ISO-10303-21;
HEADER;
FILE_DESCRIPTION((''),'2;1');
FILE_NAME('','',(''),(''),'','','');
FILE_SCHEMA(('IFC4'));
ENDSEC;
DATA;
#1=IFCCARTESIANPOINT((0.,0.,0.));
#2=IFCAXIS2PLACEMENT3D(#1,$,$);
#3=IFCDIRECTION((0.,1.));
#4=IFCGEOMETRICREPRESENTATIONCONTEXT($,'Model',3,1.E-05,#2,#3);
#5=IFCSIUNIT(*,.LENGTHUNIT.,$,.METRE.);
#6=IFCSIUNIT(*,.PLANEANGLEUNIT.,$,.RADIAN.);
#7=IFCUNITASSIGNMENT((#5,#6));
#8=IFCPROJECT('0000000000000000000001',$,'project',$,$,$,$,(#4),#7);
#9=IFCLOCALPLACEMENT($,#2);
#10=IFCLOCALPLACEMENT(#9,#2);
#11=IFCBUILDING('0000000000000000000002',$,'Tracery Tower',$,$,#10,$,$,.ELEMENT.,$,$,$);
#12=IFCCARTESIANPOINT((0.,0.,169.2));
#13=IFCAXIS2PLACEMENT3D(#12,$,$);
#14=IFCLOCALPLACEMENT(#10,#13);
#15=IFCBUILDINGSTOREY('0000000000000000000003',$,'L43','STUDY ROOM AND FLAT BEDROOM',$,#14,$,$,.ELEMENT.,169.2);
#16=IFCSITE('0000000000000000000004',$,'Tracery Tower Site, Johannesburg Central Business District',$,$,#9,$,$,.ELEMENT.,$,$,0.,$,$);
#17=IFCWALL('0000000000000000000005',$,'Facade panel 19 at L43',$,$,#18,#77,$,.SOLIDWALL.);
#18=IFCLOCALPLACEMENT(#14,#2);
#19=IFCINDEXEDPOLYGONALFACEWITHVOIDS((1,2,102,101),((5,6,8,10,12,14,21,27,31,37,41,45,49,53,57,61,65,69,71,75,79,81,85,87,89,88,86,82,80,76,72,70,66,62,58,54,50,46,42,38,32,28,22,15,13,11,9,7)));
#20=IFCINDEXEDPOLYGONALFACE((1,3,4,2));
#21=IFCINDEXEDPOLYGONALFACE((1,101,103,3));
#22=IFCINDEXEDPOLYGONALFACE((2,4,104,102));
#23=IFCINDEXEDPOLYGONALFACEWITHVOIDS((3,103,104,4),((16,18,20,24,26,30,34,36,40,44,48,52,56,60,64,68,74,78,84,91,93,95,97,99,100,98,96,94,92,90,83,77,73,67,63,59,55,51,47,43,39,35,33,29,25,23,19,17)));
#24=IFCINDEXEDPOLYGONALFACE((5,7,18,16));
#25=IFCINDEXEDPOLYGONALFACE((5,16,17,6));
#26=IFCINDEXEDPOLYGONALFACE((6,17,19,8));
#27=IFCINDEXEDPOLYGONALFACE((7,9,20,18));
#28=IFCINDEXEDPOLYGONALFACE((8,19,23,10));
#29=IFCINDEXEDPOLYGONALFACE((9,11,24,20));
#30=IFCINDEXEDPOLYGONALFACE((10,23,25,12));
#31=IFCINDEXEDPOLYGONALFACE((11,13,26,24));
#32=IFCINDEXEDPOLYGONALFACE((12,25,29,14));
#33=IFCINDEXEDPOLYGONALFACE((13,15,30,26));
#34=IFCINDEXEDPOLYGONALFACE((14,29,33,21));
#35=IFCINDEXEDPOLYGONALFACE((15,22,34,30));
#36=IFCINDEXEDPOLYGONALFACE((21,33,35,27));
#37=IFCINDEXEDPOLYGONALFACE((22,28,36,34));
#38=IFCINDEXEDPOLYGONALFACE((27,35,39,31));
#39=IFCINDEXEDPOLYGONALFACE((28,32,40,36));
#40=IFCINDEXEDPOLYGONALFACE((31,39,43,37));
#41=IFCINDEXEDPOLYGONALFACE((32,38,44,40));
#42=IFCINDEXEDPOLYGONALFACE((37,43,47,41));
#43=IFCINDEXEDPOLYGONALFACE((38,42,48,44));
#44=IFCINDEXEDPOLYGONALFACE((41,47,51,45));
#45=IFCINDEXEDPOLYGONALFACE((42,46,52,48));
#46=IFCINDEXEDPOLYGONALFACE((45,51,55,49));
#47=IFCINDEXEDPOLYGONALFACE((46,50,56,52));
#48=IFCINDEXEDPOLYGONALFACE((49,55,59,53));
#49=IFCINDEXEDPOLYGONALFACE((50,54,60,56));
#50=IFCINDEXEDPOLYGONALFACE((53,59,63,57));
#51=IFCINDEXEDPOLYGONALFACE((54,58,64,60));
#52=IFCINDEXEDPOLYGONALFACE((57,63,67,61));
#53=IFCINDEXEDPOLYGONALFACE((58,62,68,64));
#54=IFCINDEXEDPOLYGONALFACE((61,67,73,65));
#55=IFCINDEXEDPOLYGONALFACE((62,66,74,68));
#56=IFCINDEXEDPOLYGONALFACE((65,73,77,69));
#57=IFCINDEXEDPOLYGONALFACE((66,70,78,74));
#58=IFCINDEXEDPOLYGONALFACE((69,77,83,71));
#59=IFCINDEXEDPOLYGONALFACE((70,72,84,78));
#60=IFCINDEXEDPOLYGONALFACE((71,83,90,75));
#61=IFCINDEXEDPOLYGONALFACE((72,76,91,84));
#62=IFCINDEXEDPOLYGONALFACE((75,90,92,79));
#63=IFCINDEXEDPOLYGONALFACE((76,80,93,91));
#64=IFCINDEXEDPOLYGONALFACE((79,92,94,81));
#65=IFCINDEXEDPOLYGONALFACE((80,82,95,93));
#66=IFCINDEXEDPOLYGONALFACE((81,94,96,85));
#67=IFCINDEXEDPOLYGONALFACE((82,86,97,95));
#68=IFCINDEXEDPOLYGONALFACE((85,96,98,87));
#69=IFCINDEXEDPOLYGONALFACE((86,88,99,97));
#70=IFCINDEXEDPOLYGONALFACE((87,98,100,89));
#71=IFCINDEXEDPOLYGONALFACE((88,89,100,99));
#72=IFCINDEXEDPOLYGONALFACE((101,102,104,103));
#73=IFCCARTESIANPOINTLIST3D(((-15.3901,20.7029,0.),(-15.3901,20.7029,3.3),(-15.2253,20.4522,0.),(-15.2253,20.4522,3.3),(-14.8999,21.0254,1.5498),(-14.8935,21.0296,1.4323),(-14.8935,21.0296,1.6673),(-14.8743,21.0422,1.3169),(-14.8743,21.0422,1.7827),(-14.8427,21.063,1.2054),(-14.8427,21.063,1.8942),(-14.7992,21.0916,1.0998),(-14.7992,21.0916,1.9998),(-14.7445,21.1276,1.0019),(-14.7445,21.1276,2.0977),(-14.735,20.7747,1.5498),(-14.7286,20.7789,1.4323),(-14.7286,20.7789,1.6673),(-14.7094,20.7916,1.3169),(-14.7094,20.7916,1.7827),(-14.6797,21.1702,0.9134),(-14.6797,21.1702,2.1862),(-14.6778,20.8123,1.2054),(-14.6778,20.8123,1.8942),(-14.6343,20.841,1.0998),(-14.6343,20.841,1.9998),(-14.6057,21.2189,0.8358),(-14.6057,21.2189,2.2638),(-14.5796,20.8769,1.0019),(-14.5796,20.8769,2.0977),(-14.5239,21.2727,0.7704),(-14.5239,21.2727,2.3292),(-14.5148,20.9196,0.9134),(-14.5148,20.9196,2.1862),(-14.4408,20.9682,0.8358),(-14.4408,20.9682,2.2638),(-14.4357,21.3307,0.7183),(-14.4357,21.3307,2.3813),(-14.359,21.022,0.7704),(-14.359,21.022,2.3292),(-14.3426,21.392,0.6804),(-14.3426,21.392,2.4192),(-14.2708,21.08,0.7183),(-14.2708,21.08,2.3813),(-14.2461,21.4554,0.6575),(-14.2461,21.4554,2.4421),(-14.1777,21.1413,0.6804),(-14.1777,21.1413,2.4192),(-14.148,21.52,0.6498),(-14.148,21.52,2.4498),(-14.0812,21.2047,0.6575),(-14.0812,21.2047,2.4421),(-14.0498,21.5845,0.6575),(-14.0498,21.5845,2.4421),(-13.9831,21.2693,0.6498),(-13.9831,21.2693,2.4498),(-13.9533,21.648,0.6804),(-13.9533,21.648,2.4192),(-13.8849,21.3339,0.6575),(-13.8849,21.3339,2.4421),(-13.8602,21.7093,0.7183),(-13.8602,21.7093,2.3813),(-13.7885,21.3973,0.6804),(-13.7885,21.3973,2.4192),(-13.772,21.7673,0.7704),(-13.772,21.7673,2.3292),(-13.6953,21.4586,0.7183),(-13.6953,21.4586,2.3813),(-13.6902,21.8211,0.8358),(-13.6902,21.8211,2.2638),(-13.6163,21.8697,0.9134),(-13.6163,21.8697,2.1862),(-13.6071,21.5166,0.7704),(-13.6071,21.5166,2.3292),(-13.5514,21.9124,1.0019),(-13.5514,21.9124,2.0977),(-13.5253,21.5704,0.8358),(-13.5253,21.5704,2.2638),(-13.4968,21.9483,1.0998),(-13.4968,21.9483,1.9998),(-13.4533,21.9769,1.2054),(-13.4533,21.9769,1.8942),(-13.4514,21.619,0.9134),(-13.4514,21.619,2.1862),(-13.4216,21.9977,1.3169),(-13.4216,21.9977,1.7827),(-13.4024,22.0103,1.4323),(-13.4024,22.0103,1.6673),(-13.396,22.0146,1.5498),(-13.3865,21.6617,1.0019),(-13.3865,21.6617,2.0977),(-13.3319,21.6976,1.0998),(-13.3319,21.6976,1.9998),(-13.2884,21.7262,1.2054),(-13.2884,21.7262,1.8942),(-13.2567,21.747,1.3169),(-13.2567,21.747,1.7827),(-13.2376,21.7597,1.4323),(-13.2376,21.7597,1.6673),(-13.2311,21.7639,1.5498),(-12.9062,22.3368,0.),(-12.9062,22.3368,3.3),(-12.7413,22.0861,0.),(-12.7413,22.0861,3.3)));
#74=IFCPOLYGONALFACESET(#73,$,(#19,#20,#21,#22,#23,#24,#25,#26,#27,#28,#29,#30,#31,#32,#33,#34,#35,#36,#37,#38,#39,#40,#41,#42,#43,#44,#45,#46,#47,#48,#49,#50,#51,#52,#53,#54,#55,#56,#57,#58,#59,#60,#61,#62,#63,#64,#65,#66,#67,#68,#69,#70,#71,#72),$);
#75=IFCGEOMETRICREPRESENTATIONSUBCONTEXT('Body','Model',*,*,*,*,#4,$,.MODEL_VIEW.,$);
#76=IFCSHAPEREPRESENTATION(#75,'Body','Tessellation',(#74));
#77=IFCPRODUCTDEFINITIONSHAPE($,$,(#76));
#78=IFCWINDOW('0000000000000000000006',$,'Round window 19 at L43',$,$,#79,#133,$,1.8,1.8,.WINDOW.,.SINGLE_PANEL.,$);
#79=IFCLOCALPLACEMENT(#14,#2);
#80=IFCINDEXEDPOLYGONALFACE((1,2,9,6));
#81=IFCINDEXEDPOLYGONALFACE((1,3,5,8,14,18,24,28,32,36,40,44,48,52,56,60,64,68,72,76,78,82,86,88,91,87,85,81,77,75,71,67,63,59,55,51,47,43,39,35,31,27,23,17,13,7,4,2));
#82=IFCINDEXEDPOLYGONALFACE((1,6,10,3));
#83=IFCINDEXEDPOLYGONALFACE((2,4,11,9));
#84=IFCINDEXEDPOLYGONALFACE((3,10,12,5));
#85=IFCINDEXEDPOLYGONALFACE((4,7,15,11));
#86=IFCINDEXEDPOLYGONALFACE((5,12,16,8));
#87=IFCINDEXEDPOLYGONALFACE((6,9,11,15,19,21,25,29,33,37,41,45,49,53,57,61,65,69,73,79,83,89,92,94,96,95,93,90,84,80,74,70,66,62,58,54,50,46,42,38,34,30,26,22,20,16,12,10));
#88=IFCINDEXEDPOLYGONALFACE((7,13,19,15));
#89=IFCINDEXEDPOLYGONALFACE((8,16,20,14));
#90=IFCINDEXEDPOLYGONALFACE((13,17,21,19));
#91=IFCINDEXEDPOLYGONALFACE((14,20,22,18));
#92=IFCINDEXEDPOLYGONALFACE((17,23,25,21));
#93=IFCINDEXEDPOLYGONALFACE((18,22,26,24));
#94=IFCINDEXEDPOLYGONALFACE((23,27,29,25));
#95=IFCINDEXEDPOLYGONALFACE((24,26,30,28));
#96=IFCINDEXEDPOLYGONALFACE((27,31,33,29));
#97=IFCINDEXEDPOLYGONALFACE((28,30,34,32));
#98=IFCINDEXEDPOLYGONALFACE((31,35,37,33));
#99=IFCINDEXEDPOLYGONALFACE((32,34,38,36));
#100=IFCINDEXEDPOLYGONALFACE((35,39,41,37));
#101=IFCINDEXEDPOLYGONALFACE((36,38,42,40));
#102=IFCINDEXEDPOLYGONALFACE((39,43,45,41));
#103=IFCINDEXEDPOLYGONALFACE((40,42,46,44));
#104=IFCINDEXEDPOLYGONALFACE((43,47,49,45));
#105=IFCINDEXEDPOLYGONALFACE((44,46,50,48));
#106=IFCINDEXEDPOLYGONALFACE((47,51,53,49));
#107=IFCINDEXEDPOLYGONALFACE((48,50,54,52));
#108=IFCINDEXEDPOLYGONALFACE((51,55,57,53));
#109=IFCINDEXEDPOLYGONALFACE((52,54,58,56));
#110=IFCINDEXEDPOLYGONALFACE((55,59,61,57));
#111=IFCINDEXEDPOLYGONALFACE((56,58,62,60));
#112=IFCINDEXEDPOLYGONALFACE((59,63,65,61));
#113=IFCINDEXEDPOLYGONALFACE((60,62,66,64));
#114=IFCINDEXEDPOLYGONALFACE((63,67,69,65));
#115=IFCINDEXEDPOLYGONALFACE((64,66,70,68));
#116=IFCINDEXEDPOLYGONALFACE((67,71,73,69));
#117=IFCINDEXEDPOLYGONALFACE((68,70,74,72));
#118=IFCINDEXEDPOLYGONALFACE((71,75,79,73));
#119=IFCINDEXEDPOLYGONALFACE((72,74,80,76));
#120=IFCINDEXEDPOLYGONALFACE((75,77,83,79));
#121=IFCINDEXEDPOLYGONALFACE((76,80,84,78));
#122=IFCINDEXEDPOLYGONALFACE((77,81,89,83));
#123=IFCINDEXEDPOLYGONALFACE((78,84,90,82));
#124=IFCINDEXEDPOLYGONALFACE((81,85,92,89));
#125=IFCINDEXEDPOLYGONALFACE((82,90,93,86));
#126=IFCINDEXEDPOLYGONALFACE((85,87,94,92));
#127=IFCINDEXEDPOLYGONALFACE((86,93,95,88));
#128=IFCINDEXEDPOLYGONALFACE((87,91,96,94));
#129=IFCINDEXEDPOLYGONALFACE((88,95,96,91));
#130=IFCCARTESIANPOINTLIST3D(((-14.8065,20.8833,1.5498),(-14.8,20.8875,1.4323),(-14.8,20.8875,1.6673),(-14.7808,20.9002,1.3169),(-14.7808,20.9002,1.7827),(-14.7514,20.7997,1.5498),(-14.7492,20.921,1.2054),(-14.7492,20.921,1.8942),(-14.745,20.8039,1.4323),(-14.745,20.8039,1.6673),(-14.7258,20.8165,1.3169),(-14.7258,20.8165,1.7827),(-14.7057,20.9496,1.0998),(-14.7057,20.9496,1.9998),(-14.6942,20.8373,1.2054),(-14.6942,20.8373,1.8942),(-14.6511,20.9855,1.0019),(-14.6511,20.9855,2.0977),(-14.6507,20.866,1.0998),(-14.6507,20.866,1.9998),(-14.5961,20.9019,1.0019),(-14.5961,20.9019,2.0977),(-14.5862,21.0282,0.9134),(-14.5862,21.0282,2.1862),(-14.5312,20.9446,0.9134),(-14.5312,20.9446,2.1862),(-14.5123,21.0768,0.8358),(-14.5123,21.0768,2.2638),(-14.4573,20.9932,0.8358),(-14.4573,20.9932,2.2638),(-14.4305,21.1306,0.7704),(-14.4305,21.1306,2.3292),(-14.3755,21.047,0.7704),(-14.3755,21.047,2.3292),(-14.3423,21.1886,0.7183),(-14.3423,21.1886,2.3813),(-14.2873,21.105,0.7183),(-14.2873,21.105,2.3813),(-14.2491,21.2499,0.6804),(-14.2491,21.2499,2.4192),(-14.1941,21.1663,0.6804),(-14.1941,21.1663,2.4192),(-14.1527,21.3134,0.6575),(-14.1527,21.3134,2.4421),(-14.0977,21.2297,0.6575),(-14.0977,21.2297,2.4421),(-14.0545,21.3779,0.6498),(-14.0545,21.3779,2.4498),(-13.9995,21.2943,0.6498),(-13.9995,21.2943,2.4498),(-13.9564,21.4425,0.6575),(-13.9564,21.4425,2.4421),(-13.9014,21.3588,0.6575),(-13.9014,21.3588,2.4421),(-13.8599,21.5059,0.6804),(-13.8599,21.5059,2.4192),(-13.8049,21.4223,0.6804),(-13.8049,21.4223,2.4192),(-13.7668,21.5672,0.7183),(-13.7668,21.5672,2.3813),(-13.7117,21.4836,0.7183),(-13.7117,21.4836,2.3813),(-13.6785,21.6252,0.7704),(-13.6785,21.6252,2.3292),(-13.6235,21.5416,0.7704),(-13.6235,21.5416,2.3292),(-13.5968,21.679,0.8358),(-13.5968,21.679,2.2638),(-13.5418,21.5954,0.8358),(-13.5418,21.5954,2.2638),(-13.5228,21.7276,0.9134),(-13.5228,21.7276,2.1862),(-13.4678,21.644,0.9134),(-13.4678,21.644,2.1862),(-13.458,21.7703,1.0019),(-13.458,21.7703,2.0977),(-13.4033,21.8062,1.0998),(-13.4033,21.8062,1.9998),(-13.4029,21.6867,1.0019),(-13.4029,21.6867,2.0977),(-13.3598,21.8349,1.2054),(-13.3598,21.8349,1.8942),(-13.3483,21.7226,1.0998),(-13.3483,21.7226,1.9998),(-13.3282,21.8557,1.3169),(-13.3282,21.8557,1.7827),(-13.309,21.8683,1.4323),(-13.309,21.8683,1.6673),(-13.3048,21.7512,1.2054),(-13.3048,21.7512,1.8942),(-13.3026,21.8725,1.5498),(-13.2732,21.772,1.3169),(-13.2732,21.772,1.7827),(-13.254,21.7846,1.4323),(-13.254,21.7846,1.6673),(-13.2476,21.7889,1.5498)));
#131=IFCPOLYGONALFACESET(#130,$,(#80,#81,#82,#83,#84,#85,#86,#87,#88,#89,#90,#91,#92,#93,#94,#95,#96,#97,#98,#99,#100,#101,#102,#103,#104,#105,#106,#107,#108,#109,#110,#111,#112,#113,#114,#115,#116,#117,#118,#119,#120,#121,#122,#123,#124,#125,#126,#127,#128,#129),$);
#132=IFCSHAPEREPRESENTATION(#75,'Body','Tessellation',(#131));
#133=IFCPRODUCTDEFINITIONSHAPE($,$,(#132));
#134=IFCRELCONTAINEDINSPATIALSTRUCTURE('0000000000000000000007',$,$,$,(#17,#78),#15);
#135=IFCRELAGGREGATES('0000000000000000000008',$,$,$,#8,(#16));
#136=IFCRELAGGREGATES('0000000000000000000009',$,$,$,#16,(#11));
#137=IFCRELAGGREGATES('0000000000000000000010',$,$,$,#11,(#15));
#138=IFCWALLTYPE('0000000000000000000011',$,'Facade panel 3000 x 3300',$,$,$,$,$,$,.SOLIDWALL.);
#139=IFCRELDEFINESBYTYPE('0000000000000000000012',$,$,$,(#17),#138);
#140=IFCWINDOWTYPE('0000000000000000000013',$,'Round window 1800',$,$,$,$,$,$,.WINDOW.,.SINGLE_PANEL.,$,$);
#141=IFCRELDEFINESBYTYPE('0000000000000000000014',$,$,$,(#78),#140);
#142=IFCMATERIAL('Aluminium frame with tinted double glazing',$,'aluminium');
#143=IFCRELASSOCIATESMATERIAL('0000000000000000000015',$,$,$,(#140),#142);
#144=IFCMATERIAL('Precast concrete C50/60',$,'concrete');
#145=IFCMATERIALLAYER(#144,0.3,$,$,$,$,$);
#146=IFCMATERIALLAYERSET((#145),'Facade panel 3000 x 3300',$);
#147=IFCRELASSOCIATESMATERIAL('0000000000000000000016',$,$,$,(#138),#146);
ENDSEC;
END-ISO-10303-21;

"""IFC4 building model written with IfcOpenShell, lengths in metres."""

from ifc_helpers import new_model, si_unit, direction, frame, frame_2d, origin, origin_2d, place, context, subcontext, project, spatial, rectangle, circle, extrude, material, layer, layer_set, type_object, element, fill, save


model = new_model("IFC4")

# Units and contexts
model_context = context("Model", 3, precision=1e-05, world=origin(), true_north=direction((0.0, 1.0)))
body_context = subcontext(model_context, "Body", "Model", "MODEL_VIEW")
ifc_project = project(units=[si_unit("LENGTHUNIT", "METRE"), si_unit("PLANEANGLEUNIT", "RADIAN")], contexts=[model_context])

# Site, building, storey
site_placement = place(None, origin())
site = spatial("IfcSite", under=ifc_project, at=site_placement, Name="Tracery Tower Site, Johannesburg Central Business District", CompositionType="ELEMENT", RefElevation=0.0)
building_placement = place(site_placement, origin())
building = spatial("IfcBuilding", under=site, at=building_placement, Name="Tracery Tower", CompositionType="ELEMENT")
storey_placement = place(building_placement, frame((0.0, 0.0, 169.2)))
storey = spatial("IfcBuildingStorey", under=building, at=storey_placement, Name="L43", Description="STUDY ROOM AND FLAT BEDROOM", CompositionType="ELEMENT", Elevation=169.2)

# Wall, opening, window
ifc_material_1 = material(Name="Aluminium frame with tinted double glazing", Category="aluminium")
window_type = type_object("IfcWindowType", Name="Round window 1800", PartitioningType="SINGLE_PANEL", PredefinedType="WINDOW", material=ifc_material_1)
ifc_material_2 = material(Name="Precast concrete C50/60", Category="concrete")
ifc_layer_1 = layer(ifc_material_2, 0.3)
ifc_layer_set_1 = layer_set([ifc_layer_1], Name="Facade panel 3000 x 3300")
wall_type_1 = type_object("IfcWallType", Name="Facade panel 3000 x 3300", PredefinedType="SOLIDWALL", material=ifc_layer_set_1)
wall_1_placement = place(storey_placement, frame((-12.8237, 22.2114, 0.0), z_axis=(0.0, 0.0, 1.0), x_axis=(-0.835471, -0.549535, 0.0)))
wall_1 = element("IfcWall", 1, at=wall_1_placement, inside=storey, type_object=wall_type_1, Name="Facade panel 19 at L43", PredefinedType="SOLIDWALL", context=body_context, shape_type="SweptSolid", body=[
    extrude(rectangle(XDim=2.9731, YDim=0.3, at=frame_2d((1.4866, 0.0))), origin(), (0.0, 0.0, 1.0), 3.3),
])
opening_1_placement = place(wall_1_placement, frame((1.4863, 0.0, 1.5498)))
opening_1 = element("IfcOpeningElement", 2, at=opening_1_placement, cuts=wall_1, PredefinedType="OPENING", context=body_context, shape_type="SweptSolid", body=[
    extrude(circle(Radius=0.9, at=origin_2d()), frame((0.0, 0.1599, 0.0), z_axis=(0.0, -1.0, 0.0), x_axis=(1.0, 0.0, 0.0)), (0.0, 0.0, 1.0), 0.3201),
])
window_1_placement = place(opening_1_placement, origin())
window_1 = element("IfcWindow", 3, at=window_1_placement, inside=storey, type_object=window_type, Name="Round window 19 at L43", OverallHeight=1.8, OverallWidth=1.8, PartitioningType="SINGLE_PANEL", PredefinedType="WINDOW", context=body_context, shape_type="SweptSolid", body=[
    extrude(circle(Radius=0.9, at=origin_2d()), frame((0.0, 0.1201, 0.0), z_axis=(0.0, -1.0, 0.0), x_axis=(1.0, 0.0, 0.0)), (0.0, 0.0, 1.0), 0.1001),
])
fill(opening_1, window_1)

save(model, "model.ifc")
